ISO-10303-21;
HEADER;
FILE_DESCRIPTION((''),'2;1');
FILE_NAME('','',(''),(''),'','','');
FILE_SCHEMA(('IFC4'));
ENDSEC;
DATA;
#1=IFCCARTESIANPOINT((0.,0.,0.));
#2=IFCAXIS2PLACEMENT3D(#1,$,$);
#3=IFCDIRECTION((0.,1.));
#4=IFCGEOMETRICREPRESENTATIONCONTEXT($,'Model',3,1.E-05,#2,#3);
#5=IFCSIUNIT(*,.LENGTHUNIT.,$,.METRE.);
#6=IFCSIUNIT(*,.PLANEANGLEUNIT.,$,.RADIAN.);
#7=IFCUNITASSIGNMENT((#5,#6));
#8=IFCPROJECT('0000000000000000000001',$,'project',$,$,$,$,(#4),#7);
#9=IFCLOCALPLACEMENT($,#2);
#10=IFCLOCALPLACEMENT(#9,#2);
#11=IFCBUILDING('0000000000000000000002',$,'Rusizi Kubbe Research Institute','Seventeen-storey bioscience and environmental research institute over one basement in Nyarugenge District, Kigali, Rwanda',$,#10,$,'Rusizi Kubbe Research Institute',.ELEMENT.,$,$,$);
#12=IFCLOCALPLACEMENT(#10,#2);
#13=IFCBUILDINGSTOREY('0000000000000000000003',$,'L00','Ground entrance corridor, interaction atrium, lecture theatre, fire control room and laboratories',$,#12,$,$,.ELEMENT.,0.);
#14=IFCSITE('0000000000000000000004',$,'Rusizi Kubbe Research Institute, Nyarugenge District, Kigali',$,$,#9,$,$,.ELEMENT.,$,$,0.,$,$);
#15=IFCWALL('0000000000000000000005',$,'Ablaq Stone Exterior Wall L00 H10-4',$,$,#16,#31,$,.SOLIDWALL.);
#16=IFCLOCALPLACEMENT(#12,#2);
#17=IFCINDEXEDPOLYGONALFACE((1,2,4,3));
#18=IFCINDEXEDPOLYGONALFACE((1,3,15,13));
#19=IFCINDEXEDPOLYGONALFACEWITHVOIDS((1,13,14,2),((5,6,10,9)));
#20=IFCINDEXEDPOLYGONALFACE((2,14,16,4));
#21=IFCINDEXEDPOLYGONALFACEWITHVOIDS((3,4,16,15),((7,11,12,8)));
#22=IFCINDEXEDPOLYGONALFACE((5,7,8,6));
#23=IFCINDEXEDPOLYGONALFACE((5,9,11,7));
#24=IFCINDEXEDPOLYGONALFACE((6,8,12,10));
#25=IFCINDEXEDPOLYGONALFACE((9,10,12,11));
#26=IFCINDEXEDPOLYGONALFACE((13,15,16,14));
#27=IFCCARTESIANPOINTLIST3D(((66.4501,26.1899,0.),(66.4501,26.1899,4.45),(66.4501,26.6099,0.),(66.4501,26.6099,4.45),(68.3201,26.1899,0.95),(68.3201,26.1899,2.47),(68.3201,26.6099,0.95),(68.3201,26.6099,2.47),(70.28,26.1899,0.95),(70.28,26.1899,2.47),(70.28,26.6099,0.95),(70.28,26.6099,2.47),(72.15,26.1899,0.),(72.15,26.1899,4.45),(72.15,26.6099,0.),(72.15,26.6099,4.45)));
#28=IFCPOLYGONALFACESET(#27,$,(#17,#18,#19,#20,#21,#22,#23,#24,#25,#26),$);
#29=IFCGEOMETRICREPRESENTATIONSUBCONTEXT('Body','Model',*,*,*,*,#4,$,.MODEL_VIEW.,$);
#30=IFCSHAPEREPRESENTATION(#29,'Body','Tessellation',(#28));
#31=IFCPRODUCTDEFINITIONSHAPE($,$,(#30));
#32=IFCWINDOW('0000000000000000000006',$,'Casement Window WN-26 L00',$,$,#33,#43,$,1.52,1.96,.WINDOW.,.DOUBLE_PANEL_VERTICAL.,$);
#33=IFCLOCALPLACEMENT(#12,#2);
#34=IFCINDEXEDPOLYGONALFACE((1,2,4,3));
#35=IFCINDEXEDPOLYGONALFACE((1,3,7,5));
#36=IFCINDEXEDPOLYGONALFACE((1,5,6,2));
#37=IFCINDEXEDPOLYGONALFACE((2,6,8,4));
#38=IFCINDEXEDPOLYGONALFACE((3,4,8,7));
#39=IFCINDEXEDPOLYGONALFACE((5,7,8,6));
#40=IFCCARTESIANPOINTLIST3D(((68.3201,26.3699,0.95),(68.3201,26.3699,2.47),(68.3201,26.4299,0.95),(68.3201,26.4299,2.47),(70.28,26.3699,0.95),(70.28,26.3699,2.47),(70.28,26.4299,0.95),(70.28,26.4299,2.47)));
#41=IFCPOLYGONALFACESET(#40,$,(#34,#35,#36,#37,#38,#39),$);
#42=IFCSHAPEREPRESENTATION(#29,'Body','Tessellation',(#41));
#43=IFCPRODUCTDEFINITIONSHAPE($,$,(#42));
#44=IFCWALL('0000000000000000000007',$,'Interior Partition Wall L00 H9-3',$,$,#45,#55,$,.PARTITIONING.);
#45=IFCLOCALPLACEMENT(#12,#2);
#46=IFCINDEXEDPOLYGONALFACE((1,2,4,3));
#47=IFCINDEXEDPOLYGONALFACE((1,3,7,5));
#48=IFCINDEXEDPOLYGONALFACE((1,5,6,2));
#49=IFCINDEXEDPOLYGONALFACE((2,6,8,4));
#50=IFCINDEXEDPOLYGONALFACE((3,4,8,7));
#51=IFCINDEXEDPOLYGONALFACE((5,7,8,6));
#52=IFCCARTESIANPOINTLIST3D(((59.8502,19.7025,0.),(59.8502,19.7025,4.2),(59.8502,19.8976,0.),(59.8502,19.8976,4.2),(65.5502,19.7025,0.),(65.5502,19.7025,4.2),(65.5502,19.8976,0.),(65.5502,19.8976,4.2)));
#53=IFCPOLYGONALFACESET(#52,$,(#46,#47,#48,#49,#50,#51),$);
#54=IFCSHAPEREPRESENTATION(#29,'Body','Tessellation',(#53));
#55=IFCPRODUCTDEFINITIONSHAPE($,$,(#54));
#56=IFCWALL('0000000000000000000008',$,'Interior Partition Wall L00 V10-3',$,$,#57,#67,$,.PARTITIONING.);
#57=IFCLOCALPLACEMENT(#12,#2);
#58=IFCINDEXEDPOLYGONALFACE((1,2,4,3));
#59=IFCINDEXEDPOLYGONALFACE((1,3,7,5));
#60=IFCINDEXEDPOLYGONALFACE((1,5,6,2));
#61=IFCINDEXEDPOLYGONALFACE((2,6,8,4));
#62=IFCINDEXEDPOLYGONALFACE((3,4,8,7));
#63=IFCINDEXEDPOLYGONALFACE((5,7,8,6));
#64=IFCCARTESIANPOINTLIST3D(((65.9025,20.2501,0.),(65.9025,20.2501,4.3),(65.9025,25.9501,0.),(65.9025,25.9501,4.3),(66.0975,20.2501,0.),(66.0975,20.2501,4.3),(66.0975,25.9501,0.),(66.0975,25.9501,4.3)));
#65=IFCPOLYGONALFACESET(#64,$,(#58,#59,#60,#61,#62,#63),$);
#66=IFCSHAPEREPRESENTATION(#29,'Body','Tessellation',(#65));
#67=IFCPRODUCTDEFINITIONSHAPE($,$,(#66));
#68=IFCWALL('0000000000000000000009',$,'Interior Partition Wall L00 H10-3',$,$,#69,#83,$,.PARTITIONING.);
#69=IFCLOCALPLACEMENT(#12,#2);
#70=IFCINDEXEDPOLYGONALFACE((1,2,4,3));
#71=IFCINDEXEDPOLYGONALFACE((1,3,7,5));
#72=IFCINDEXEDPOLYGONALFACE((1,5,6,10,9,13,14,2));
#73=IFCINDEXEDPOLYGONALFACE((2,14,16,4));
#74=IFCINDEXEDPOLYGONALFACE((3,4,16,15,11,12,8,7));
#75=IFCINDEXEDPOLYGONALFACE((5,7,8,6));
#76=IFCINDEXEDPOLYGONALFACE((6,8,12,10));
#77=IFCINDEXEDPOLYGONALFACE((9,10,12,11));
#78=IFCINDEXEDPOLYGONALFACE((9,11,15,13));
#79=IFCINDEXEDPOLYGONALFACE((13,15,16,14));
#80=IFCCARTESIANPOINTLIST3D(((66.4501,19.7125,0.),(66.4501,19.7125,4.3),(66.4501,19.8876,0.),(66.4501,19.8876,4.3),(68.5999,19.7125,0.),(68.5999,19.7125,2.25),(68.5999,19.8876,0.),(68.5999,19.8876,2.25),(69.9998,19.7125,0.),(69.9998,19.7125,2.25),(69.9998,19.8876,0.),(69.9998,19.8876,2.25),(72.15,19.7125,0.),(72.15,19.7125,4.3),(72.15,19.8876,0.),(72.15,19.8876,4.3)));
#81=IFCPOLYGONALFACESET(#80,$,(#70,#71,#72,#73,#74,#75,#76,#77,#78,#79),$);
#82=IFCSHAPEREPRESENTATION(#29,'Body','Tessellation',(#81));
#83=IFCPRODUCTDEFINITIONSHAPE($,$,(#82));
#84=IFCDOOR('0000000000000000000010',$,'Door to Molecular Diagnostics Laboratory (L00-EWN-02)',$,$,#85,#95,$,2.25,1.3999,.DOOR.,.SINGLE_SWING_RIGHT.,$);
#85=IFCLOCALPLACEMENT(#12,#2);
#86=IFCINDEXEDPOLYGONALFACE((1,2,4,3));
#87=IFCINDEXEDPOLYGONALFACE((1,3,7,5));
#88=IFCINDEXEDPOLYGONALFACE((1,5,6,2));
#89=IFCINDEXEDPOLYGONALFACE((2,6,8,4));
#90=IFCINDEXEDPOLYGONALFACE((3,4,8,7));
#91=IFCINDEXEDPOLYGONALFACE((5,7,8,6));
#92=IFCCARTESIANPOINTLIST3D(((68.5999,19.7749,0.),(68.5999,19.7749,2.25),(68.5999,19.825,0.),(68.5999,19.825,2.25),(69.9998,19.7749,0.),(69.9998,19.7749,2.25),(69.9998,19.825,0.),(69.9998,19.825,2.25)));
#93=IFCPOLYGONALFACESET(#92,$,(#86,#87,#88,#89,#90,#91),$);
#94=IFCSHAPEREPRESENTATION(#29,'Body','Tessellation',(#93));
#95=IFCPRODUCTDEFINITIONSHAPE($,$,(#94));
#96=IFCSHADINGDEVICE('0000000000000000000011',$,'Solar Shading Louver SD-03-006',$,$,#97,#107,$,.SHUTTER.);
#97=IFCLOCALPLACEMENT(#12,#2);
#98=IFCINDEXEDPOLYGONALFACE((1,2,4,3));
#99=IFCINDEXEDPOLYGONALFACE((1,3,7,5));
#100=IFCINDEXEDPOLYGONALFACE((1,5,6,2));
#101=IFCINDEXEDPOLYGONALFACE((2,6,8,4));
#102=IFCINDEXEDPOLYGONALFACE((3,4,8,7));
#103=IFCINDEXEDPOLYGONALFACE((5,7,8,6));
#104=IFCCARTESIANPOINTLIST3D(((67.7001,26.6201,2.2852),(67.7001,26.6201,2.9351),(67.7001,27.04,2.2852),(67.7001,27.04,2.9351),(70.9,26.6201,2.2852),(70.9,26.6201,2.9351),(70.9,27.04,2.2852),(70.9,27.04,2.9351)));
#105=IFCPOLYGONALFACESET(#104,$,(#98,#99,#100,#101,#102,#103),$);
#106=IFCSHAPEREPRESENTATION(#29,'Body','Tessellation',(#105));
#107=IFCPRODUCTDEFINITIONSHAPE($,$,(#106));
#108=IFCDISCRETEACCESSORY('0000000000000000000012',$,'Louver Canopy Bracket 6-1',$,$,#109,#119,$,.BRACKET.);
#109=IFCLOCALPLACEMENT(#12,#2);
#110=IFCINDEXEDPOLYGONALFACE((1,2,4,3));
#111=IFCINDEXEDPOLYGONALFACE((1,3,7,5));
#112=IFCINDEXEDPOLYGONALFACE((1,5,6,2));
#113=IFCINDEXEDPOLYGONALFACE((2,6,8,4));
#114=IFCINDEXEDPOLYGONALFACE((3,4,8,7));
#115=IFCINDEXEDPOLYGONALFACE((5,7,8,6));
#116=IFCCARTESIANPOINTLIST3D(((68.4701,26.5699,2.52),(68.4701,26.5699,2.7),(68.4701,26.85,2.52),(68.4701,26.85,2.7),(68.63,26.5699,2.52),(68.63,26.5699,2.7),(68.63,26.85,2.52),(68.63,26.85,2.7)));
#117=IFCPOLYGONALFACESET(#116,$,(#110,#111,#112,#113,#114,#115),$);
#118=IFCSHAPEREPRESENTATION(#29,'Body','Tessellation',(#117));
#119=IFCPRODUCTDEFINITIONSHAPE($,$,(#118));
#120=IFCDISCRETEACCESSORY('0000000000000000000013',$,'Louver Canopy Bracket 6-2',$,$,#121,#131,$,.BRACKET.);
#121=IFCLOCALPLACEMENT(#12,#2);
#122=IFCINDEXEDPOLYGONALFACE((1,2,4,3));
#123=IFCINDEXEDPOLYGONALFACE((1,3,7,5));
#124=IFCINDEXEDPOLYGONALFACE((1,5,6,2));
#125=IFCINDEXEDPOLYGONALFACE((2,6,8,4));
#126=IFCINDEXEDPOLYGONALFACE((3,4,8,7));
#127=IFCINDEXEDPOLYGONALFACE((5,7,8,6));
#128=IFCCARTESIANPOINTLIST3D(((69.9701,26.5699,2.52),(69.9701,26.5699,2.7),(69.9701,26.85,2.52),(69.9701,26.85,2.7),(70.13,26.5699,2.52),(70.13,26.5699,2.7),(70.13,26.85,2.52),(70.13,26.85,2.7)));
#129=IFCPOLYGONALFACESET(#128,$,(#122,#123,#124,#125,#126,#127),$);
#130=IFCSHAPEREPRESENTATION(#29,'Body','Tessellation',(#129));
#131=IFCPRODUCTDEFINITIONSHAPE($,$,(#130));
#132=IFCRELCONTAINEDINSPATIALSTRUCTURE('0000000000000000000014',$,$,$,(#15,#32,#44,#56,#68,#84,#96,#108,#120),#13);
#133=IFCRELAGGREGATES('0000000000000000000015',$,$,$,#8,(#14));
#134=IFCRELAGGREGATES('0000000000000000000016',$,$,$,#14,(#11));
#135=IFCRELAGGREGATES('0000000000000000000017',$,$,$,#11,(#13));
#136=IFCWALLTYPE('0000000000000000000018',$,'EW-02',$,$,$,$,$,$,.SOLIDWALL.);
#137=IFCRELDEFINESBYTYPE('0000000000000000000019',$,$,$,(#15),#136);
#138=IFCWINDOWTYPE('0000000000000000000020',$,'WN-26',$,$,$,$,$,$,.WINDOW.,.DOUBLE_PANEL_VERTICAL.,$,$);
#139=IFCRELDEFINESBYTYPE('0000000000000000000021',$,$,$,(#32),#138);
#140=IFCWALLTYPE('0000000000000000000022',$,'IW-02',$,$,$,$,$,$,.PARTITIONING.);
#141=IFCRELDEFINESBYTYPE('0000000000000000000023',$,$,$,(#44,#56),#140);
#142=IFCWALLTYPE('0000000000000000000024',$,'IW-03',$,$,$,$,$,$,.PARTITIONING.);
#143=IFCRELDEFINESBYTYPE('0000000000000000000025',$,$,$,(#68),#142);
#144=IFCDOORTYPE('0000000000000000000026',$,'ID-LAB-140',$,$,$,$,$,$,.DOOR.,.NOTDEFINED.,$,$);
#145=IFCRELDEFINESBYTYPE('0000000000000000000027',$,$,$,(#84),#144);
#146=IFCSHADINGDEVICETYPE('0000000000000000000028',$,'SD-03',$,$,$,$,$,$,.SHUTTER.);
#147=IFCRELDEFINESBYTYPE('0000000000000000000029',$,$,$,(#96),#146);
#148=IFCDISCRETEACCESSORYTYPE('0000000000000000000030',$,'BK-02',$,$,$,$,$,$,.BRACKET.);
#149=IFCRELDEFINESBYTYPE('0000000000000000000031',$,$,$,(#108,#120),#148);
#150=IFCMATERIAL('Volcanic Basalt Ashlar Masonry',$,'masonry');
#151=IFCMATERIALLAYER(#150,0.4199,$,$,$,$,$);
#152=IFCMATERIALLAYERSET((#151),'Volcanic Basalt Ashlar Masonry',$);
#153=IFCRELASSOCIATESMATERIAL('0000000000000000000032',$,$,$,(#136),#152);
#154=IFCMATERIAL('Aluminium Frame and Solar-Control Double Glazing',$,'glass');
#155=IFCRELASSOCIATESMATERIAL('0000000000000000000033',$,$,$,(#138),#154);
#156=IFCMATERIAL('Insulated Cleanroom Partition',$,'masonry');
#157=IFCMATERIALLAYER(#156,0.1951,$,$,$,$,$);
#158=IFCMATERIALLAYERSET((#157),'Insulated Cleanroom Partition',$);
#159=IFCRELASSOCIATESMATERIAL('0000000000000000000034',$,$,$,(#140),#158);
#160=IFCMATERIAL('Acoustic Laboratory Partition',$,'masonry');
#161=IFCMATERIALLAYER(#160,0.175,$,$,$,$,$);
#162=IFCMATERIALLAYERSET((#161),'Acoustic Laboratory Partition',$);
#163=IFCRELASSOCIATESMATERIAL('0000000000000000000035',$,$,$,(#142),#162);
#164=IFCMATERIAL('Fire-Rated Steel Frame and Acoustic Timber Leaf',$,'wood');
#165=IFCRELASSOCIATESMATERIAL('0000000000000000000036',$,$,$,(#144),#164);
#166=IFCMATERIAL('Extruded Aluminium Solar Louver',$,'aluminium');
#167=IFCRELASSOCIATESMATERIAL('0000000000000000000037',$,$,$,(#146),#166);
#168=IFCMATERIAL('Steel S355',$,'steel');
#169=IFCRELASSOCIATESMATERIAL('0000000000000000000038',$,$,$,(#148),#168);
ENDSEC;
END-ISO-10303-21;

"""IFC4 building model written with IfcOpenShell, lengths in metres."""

from ifc_helpers import new_model, si_unit, direction, frame, frame_2d, origin, origin_2d, place, context, subcontext, project, spatial, rectangle, extrude, material, layer, layer_set, type_object, element, fill, save


model = new_model("IFC4")

# Units and contexts
model_context = context("Model", 3, precision=1e-05, world=origin(), true_north=direction((0.0, 1.0)))
body_context = subcontext(model_context, "Body", "Model", "MODEL_VIEW")
ifc_project = project(units=[si_unit("LENGTHUNIT", "METRE"), si_unit("PLANEANGLEUNIT", "RADIAN")], contexts=[model_context])

# Site, building, storey
site_placement = place(None, origin())
site = spatial("IfcSite", under=ifc_project, at=site_placement, Name="Rusizi Kubbe Research Institute, Nyarugenge District, Kigali", CompositionType="ELEMENT", RefElevation=0.0)
building_placement = place(site_placement, origin())
building = spatial("IfcBuilding", under=site, at=building_placement, Name="Rusizi Kubbe Research Institute", Description="Seventeen-storey bioscience and environmental research institute over one basement in Nyarugenge District, Kigali, Rwanda", LongName="Rusizi Kubbe Research Institute", CompositionType="ELEMENT")
storey_placement = place(building_placement, origin())
storey = spatial("IfcBuildingStorey", under=building, at=storey_placement, Name="L00", Description="Ground entrance corridor, interaction atrium, lecture theatre, fire control room and laboratories", CompositionType="ELEMENT", Elevation=0.0)

# Wall, opening, window
ifc_material_1 = material(Name="Volcanic Basalt Ashlar Masonry", Category="masonry")
ifc_layer_1 = layer(ifc_material_1, 0.4199)
ifc_layer_set_1 = layer_set([ifc_layer_1], Name="Volcanic Basalt Ashlar Masonry")
wall_type_1 = type_object("IfcWallType", Name="EW-02", PredefinedType="SOLIDWALL", material=ifc_layer_set_1)
wall_1_placement = place(storey_placement, frame((66.45, 26.3999, 0.0), z_axis=(0.0, 0.0, 1.0), x_axis=(1.0, 0.0, 0.0)))
wall_1 = element("IfcWall", 1, at=wall_1_placement, inside=storey, type_object=wall_type_1, Name="Ablaq Stone Exterior Wall L00 H10-4", PredefinedType="SOLIDWALL", context=body_context, shape_type="SweptSolid", body=[
    extrude(rectangle(XDim=5.7, YDim=0.4199, at=frame_2d((2.8501, 0.0))), origin(), (0.0, 0.0, 1.0), 4.45),
])
opening_1_placement = place(wall_1_placement, frame((1.8701, 0.0, 0.95)))
opening_1 = element("IfcOpeningElement", 2, at=opening_1_placement, cuts=wall_1, PredefinedType="OPENING", context=body_context, shape_type="SweptSolid", body=[
    extrude(rectangle(XDim=1.96, YDim=1.52, at=frame_2d((0.98, 0.76))), frame((0.0, 0.22, 0.0), z_axis=(0.0, -1.0, 0.0), x_axis=(1.0, 0.0, 0.0)), (0.0, 0.0, 1.0), 0.4399),
])
ifc_material_2 = material(Name="Aluminium Frame and Solar-Control Double Glazing", Category="glass")
window_type = type_object("IfcWindowType", Name="WN-26", PartitioningType="DOUBLE_PANEL_VERTICAL", PredefinedType="WINDOW", material=ifc_material_2)
window_placement = place(opening_1_placement, origin())
window = element("IfcWindow", 3, at=window_placement, inside=storey, type_object=window_type, Name="Casement Window WN-26 L00", OverallHeight=1.52, OverallWidth=1.96, PartitioningType="DOUBLE_PANEL_VERTICAL", PredefinedType="WINDOW", context=body_context, shape_type="SweptSolid", body=[
    extrude(rectangle(XDim=1.96, YDim=1.52, at=frame_2d((0.98, 0.76))), frame((0.0, 0.03, 0.0), z_axis=(0.0, -1.0, 0.0), x_axis=(1.0, 0.0, 0.0)), (0.0, 0.0, 1.0), 0.0601),
])
fill(opening_1, window)

# Walls
ifc_material_3 = material(Name="Insulated Cleanroom Partition", Category="masonry")
ifc_layer_2 = layer(ifc_material_3, 0.1951)
ifc_layer_set_2 = layer_set([ifc_layer_2], Name="Insulated Cleanroom Partition")
wall_type_2 = type_object("IfcWallType", Name="IW-02", PredefinedType="PARTITIONING", material=ifc_layer_set_2)
wall_2_placement = place(storey_placement, frame((59.8501, 19.8, 0.0), z_axis=(0.0, 0.0, 1.0), x_axis=(1.0, 0.0, 0.0)))
element("IfcWall", 4, at=wall_2_placement, inside=storey, type_object=wall_type_2, Name="Interior Partition Wall L00 H9-3", PredefinedType="PARTITIONING", context=body_context, shape_type="SweptSolid", body=[
    extrude(rectangle(XDim=5.7, YDim=0.1951, at=frame_2d((2.8501, 0.0))), origin(), (0.0, 0.0, 1.0), 4.2),
])
wall_3_placement = place(storey_placement, frame((66.0, 20.25, 0.0), z_axis=(0.0, 0.0, 1.0), x_axis=(0.0, 1.0, 0.0)))
element("IfcWall", 5, at=wall_3_placement, inside=storey, type_object=wall_type_2, Name="Interior Partition Wall L00 V10-3", PredefinedType="PARTITIONING", context=body_context, shape_type="SweptSolid", body=[
    extrude(rectangle(XDim=5.7, YDim=0.1951, at=frame_2d((2.8501, 0.0))), origin(), (0.0, 0.0, 1.0), 4.3),
])

# Wall, opening, door
ifc_material_4 = material(Name="Acoustic Laboratory Partition", Category="masonry")
ifc_layer_3 = layer(ifc_material_4, 0.175)
ifc_layer_set_3 = layer_set([ifc_layer_3], Name="Acoustic Laboratory Partition")
wall_type_3 = type_object("IfcWallType", Name="IW-03", PredefinedType="PARTITIONING", material=ifc_layer_set_3)
wall_4_placement = place(storey_placement, frame((66.45, 19.8, 0.0), z_axis=(0.0, 0.0, 1.0), x_axis=(1.0, 0.0, 0.0)))
wall_4 = element("IfcWall", 6, at=wall_4_placement, inside=storey, type_object=wall_type_3, Name="Interior Partition Wall L00 H10-3", PredefinedType="PARTITIONING", context=body_context, shape_type="SweptSolid", body=[
    extrude(rectangle(XDim=5.7, YDim=0.175, at=frame_2d((2.8501, 0.0))), origin(), (0.0, 0.0, 1.0), 4.3),
])
opening_2_placement = place(wall_4_placement, frame((2.1499, 0.0, 0.0)))
opening_2 = element("IfcOpeningElement", 7, at=opening_2_placement, cuts=wall_4, PredefinedType="OPENING", context=body_context, shape_type="SweptSolid", body=[
    extrude(rectangle(XDim=1.3999, YDim=2.25, at=frame_2d((0.7, 1.125))), frame((0.0, 0.0974, 0.0), z_axis=(0.0, -1.0, 0.0), x_axis=(1.0, 0.0, 0.0)), (0.0, 0.0, 1.0), 0.1951),
])
ifc_material_5 = material(Name="Fire-Rated Steel Frame and Acoustic Timber Leaf", Category="wood")
door_type_1 = type_object("IfcDoorType", Name="ID-LAB-140", OperationType="NOTDEFINED", PredefinedType="DOOR", material=ifc_material_5)
door_1_placement = place(opening_2_placement, origin())
door_1 = element("IfcDoor", 8, at=door_1_placement, inside=storey, type_object=door_type_1, Name="Door to Molecular Diagnostics Laboratory (L00-EWN-02)", OperationType="SINGLE_SWING_RIGHT", OverallHeight=2.25, OverallWidth=1.3999, PredefinedType="DOOR", context=body_context, shape_type="SweptSolid", body=[
    extrude(rectangle(XDim=1.3999, YDim=2.25, at=frame_2d((0.7, 1.125))), frame((0.0, 0.0249, 0.0), z_axis=(0.0, -1.0, 0.0), x_axis=(1.0, 0.0, 0.0)), (0.0, 0.0, 1.0), 0.05),
])
fill(opening_2, door_1)

# Shading device
ifc_material_6 = material(Name="Extruded Aluminium Solar Louver", Category="aluminium")
shading_device_type = type_object("IfcShadingDeviceType", Name="SD-03", PredefinedType="SHUTTER", material=ifc_material_6)
shading_device_placement = place(storey_placement, frame((69.3, 26.8301, 2.2852), z_axis=(0.0, 0.0, 1.0), x_axis=(1.0, 0.0, 0.0)))
element("IfcShadingDevice", 9, at=shading_device_placement, inside=storey, type_object=shading_device_type, Name="Solar Shading Louver SD-03-006", PredefinedType="SHUTTER", context=body_context, shape_type="SweptSolid", body=[
    extrude(rectangle(XDim=3.2, YDim=0.4199, at=origin_2d()), origin(), (0.0, 0.0, 1.0), 0.6499),
])

# Discrete accessories
ifc_material_7 = material(Name="Steel S355", Category="steel")
discrete_accessory_type = type_object("IfcDiscreteAccessoryType", Name="BK-02", PredefinedType="BRACKET", material=ifc_material_7)
for number, where, z_axis, x_axis, name in (
    (10, (68.55, 26.71, 2.52), (0.0, 0.0, 1.0), (1.0, 0.0, 0.0), "Louver Canopy Bracket 6-1"),
    (11, (70.05, 26.71, 2.52), (0.0, 0.0, 1.0), (1.0, 0.0, 0.0), "Louver Canopy Bracket 6-2"),
):
    element("IfcDiscreteAccessory", number, at=place(storey_placement, frame(where, z_axis=z_axis, x_axis=x_axis)), inside=storey, type_object=discrete_accessory_type, Name=name, PredefinedType="BRACKET", context=body_context, shape_type="SweptSolid", body=[
        extrude(rectangle(XDim=0.1599, YDim=0.28, at=origin_2d()), origin(), (0.0, 0.0, 1.0), 0.1799),
    ])

save(model, "model.ifc")
